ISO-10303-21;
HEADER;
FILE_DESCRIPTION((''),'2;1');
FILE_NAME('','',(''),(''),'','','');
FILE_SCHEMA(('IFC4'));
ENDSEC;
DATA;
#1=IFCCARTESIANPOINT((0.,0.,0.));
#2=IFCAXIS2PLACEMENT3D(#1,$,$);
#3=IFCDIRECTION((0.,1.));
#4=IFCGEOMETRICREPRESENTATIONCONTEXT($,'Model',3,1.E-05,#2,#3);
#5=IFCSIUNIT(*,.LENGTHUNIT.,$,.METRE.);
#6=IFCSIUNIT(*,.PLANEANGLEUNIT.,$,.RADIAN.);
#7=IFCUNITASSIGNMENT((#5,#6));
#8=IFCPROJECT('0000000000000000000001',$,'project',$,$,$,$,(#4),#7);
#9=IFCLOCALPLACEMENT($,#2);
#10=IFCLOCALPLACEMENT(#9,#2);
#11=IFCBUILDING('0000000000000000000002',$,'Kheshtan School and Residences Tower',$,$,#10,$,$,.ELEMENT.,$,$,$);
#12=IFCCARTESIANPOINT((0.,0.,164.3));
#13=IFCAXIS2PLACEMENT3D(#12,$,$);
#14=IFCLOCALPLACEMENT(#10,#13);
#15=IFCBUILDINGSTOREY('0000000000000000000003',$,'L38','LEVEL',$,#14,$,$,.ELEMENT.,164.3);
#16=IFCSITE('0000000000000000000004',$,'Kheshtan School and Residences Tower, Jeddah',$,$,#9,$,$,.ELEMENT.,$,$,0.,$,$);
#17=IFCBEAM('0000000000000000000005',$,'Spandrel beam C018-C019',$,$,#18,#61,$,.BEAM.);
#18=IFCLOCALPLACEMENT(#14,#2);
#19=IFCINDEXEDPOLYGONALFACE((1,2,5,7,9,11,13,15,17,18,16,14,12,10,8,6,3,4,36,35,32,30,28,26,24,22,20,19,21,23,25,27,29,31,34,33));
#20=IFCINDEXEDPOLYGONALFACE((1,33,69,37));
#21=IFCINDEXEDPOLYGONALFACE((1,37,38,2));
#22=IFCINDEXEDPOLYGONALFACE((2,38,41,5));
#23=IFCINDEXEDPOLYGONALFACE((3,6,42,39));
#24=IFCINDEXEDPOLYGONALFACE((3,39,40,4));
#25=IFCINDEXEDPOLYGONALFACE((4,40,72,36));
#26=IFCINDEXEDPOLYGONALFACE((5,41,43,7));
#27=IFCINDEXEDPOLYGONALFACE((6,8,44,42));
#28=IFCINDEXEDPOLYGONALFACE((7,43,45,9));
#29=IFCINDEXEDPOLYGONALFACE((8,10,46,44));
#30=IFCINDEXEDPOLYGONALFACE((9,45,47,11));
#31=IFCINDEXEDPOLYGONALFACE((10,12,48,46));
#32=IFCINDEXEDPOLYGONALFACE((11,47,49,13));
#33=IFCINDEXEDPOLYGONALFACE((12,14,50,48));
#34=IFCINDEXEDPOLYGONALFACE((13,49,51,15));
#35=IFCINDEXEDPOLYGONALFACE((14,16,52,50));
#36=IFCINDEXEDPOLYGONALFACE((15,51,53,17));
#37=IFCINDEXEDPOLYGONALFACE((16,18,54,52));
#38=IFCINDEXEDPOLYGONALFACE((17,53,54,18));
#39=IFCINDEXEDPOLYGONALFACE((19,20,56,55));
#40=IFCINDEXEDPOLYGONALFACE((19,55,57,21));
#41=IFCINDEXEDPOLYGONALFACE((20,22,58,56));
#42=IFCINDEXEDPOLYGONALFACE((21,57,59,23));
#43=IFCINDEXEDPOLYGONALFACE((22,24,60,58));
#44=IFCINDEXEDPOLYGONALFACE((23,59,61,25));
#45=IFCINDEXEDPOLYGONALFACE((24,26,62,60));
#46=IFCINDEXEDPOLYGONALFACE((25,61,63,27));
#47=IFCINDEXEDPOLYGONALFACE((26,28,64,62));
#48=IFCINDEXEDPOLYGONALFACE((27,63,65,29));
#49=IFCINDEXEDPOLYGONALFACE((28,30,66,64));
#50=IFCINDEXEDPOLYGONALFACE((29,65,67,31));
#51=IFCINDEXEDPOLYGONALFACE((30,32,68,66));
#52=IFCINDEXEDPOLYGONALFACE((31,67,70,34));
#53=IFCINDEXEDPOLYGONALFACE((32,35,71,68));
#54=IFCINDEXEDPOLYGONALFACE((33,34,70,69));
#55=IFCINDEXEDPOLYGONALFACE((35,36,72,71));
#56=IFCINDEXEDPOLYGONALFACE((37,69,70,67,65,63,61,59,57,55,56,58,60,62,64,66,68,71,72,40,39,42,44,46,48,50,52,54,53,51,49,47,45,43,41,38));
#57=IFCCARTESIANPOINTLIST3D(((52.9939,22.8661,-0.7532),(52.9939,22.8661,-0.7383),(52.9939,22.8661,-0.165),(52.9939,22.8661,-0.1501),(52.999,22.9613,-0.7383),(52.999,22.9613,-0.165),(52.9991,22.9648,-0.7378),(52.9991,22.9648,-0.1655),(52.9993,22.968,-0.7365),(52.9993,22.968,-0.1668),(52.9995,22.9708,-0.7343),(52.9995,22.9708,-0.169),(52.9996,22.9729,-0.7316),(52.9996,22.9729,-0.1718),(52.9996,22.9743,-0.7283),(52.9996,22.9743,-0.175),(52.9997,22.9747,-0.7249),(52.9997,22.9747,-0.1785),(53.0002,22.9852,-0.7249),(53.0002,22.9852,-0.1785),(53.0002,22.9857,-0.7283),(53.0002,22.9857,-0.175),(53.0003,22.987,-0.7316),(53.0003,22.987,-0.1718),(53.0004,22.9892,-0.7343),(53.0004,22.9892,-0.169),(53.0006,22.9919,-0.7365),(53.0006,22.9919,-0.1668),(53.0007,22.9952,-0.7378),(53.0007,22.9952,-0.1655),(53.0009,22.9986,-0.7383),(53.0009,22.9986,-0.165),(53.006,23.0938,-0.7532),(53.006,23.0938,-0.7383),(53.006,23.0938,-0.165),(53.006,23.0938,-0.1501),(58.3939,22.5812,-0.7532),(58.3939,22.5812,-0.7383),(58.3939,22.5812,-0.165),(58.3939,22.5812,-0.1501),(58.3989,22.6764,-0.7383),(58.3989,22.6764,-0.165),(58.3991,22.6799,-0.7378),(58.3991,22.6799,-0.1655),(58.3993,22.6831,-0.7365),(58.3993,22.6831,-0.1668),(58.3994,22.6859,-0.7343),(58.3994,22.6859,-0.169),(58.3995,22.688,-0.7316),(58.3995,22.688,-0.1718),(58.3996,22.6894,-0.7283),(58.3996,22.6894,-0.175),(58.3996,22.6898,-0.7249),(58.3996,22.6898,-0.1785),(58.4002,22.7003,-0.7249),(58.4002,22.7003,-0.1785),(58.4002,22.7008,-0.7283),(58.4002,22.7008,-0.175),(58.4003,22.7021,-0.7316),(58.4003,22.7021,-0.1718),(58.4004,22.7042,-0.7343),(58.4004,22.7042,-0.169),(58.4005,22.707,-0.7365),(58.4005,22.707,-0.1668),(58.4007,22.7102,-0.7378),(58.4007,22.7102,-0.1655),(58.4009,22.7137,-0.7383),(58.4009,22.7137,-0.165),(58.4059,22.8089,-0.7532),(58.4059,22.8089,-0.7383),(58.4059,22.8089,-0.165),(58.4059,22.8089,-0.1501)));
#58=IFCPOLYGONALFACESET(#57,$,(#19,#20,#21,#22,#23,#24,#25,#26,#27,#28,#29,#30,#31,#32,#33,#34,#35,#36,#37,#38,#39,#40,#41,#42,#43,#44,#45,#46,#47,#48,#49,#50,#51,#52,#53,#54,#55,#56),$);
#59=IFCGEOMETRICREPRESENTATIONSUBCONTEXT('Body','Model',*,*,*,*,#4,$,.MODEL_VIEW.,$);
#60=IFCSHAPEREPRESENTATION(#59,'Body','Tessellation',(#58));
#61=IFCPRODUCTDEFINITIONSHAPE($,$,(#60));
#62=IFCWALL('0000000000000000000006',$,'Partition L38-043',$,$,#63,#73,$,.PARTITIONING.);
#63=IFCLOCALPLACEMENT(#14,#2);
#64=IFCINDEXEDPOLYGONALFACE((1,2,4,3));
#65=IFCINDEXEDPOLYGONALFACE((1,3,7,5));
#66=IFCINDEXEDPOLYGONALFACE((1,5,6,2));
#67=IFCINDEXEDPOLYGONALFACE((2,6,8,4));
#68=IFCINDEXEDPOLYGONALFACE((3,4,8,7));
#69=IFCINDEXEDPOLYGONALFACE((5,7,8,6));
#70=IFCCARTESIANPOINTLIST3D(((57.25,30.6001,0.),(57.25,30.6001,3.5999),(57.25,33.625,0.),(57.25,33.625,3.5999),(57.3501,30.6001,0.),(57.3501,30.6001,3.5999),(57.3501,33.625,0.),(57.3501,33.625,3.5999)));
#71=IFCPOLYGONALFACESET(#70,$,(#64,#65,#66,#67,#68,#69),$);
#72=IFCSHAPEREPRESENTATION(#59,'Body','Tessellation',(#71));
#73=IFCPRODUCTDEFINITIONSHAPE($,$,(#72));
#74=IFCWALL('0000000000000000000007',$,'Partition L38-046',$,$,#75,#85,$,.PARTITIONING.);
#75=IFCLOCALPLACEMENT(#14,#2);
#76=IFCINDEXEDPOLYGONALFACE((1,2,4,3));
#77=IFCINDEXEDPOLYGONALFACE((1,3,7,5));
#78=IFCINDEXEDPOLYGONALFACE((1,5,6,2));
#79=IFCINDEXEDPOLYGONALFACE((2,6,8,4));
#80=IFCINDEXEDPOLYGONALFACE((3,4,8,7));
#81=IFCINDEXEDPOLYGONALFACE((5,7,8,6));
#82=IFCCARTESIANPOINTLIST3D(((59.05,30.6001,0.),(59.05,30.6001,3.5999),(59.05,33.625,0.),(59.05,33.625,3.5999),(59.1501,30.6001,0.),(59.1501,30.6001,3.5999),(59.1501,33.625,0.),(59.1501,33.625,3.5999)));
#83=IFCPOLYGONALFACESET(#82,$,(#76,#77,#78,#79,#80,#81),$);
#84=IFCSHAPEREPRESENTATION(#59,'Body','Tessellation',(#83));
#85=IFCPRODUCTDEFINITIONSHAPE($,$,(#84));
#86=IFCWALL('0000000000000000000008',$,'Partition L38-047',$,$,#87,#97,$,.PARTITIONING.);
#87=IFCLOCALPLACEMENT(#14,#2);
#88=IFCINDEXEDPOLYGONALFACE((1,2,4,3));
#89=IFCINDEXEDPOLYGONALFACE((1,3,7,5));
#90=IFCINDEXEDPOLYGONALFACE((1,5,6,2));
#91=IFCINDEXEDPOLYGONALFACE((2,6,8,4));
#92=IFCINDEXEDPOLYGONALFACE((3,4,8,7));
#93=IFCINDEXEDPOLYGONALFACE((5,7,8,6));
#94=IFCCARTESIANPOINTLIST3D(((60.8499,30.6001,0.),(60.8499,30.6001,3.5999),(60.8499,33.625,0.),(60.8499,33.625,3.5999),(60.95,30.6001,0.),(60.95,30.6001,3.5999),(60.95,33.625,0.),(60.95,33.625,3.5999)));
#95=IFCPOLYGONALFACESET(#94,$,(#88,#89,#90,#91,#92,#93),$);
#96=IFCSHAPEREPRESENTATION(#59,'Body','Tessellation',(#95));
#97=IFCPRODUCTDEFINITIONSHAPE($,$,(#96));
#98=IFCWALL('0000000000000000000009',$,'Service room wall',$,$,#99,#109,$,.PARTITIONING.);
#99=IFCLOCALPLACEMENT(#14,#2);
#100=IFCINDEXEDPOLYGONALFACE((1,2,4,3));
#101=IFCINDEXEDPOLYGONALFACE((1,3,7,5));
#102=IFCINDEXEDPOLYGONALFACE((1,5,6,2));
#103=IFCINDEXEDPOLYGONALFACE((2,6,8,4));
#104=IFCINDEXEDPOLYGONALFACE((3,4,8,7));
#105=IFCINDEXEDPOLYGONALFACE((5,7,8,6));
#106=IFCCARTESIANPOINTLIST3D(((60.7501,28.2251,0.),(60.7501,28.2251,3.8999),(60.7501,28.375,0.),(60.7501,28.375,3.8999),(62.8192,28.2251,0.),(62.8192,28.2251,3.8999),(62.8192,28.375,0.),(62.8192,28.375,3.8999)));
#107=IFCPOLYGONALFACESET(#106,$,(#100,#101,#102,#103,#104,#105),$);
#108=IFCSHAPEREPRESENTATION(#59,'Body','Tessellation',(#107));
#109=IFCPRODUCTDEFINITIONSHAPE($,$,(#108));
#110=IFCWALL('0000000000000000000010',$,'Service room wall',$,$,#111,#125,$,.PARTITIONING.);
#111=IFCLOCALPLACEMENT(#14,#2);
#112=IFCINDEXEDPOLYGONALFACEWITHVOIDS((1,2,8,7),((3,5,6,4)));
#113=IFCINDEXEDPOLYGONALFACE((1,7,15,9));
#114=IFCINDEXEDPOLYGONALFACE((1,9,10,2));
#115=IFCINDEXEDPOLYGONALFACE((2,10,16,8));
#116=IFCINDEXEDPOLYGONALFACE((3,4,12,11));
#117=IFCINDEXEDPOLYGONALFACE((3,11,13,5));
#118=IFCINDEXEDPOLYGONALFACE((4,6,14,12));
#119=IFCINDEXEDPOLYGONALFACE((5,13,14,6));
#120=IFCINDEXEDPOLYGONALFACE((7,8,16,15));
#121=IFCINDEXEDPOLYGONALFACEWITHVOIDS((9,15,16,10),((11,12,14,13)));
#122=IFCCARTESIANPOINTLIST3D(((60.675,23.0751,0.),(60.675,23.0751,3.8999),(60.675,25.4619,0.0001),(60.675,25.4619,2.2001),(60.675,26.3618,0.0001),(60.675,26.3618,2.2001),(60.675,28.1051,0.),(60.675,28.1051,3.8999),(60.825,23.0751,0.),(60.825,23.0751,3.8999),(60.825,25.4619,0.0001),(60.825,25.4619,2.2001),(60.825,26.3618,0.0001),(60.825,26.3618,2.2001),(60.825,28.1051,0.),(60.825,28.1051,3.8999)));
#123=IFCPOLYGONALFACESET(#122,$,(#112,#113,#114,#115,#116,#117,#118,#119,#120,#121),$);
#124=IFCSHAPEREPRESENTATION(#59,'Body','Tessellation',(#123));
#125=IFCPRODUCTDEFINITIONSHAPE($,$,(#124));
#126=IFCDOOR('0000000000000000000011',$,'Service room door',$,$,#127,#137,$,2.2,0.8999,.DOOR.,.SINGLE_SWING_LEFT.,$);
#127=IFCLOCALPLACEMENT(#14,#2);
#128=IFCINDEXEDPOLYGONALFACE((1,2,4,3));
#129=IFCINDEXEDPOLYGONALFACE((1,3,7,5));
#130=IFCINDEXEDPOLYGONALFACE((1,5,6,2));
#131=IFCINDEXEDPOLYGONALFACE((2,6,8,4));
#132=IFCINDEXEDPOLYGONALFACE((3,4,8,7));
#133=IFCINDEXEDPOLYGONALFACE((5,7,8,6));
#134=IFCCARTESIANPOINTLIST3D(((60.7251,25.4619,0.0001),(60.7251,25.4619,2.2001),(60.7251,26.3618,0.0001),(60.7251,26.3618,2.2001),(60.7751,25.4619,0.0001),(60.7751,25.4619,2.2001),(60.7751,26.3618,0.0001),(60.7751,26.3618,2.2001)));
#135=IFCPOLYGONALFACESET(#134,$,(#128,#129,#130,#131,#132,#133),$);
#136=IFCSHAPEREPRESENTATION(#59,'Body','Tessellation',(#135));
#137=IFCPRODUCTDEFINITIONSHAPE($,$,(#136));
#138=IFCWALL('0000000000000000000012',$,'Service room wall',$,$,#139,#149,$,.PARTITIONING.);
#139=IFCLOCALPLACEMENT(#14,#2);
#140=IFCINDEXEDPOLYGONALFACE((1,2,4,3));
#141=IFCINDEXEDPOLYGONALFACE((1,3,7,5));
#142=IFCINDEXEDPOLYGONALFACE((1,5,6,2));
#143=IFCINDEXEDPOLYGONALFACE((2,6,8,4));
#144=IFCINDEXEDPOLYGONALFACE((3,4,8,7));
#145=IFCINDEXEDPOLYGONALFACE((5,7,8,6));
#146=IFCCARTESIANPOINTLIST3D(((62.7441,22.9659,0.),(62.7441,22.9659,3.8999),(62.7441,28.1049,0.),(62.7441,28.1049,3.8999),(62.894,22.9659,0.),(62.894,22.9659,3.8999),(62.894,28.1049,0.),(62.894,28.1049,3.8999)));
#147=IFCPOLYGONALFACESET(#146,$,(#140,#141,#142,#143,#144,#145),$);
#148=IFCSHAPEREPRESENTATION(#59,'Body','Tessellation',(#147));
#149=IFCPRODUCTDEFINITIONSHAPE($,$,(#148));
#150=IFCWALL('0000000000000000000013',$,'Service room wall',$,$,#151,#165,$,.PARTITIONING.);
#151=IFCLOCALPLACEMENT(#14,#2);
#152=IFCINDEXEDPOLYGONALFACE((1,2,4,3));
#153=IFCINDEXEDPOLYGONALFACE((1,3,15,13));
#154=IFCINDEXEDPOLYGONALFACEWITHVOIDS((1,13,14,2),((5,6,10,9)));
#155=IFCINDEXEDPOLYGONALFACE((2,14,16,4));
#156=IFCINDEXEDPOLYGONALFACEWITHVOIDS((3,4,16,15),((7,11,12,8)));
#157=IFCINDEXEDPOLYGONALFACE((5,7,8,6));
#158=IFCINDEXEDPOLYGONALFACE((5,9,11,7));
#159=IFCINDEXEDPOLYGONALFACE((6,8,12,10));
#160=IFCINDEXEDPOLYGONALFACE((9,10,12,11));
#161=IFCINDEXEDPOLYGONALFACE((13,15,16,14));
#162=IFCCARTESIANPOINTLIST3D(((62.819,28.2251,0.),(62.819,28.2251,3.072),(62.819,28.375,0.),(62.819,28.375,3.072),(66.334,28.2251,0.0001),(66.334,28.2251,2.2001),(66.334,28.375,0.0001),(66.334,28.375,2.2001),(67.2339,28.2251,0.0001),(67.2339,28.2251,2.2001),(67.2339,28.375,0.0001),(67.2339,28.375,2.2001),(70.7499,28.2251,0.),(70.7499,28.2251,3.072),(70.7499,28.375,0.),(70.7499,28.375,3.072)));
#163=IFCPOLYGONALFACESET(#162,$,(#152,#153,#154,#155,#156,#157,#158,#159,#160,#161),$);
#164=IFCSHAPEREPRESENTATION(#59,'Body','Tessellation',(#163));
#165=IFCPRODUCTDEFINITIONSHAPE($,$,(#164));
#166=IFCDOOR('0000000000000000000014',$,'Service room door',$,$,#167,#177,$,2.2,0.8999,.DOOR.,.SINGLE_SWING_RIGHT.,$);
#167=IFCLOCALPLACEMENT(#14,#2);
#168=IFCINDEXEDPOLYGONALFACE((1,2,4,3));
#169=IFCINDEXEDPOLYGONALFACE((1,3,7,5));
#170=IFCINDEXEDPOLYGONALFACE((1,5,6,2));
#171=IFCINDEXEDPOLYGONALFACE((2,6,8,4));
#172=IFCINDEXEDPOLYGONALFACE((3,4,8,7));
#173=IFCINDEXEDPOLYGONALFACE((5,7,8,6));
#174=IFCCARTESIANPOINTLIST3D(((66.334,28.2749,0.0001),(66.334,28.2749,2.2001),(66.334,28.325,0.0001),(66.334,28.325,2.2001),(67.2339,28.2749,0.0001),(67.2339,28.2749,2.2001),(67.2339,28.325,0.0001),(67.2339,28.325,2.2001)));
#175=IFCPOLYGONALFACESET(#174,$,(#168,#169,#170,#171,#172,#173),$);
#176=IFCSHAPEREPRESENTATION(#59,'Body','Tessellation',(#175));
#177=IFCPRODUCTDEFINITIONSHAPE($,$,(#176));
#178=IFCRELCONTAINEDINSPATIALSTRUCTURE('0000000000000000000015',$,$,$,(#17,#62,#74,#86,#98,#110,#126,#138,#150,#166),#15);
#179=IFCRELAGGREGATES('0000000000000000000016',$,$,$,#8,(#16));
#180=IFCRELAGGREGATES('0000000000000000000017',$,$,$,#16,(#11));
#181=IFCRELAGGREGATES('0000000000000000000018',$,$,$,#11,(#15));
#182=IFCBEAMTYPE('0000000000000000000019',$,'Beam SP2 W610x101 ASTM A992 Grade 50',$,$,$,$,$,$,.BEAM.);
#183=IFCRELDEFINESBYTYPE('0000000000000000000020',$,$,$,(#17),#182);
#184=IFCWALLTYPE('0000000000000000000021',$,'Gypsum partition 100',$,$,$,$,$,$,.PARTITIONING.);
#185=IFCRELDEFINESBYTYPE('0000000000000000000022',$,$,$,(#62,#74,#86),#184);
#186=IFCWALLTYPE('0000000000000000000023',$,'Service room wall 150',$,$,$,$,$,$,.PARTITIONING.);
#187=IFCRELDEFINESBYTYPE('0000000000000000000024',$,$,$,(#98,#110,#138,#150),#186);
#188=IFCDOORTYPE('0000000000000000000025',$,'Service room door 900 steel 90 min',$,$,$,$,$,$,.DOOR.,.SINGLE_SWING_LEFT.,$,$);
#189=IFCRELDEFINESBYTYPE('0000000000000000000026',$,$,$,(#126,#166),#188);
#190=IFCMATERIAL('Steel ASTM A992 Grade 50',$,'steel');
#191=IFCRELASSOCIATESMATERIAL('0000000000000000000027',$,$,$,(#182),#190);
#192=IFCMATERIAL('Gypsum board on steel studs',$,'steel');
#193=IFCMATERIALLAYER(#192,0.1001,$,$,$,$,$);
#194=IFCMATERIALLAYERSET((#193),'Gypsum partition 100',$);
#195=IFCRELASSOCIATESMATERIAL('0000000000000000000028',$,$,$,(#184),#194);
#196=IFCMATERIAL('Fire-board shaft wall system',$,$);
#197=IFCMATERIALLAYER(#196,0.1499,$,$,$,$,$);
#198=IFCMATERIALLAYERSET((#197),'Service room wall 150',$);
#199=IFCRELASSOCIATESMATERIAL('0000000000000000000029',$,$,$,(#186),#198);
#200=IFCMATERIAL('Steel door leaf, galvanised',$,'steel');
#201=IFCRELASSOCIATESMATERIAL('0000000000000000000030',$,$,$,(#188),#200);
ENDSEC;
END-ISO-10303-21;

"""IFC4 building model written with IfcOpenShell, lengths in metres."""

from ifc_helpers import new_model, si_unit, direction, frame, frame_2d, origin, origin_2d, place, context, subcontext, project, spatial, rectangle, i_section, extrude, source, transform, mapped, material, layer, layer_set, material_profile, profile_set, type_object, element, fill, save


model = new_model("IFC4")

# Units and contexts
model_context = context("Model", 3, precision=1e-05, world=origin(), true_north=direction((0.0, 1.0)))
body_context = subcontext(model_context, "Body", "Model", "MODEL_VIEW")
ifc_project = project(units=[si_unit("LENGTHUNIT", "METRE"), si_unit("PLANEANGLEUNIT", "RADIAN")], contexts=[model_context])

# Site, building, storey
site_placement = place(None, origin())
site = spatial("IfcSite", under=ifc_project, at=site_placement, Name="Kheshtan School and Residences Tower, Jeddah", CompositionType="ELEMENT", RefElevation=0.0)
building_placement = place(site_placement, origin())
building = spatial("IfcBuilding", under=site, at=building_placement, Name="Kheshtan School and Residences Tower", CompositionType="ELEMENT")
storey_placement = place(building_placement, frame((0.0, 0.0, 164.3)))
storey = spatial("IfcBuildingStorey", under=building, at=storey_placement, Name="L38", Description="LEVEL", CompositionType="ELEMENT", Elevation=164.3)

# Shared definitions
ifc_material_1 = material(Name="Steel ASTM A992 Grade 50", Category="steel")

# Beam
ifc_material_profile_1 = material_profile(ifc_material_1, i_section(OverallWidth=0.228, OverallDepth=0.603, WebThickness=0.0105, FlangeThickness=0.0149, FilletRadius=0.0134, at=origin_2d()), Name="W610x101")
ifc_profile_set_1 = profile_set([ifc_material_profile_1], Name="Steel ASTM A992 Grade 50")
beam_type_1 = type_object("IfcBeamType", Name="Beam SP2 W610x101 ASTM A992 Grade 50", PredefinedType="BEAM", material=ifc_profile_set_1)
beam_1_placement = place(storey_placement, frame((58.3999, 22.6951, -0.4517), z_axis=(-0.998611, 0.052689, 0.0), x_axis=(-0.052689, -0.998611, 0.0)))
element("IfcBeam", 1, at=beam_1_placement, inside=storey, type_object=beam_type_1, Name="Spandrel beam C018-C019", PredefinedType="BEAM", context=body_context, shape_type="SweptSolid", body=[
    extrude(i_section(OverallWidth=0.228, OverallDepth=0.603, WebThickness=0.0105, FlangeThickness=0.0149, FilletRadius=0.0134, at=origin_2d()), origin(), (0.0, 0.0, 1.0), 5.4075),
])

# Walls
ifc_material_2 = material(Name="Gypsum board on steel studs", Category="steel")
ifc_layer_1 = layer(ifc_material_2, 0.1001)
ifc_layer_set_1 = layer_set([ifc_layer_1], Name="Gypsum partition 100")
wall_type_1 = type_object("IfcWallType", Name="Gypsum partition 100", PredefinedType="PARTITIONING", material=ifc_layer_set_1)
for number, where, z_axis, x_axis, name in (
    (2, (57.3, 30.6001, 0.0), (0.0, 0.0, 1.0), (0.0, 1.0, 0.0), "Partition L38-043"),
    (3, (59.1001, 30.6001, 0.0), (0.0, 0.0, 1.0), (0.0, 1.0, 0.0), "Partition L38-046"),
    (4, (60.8999, 30.6001, 0.0), (0.0, 0.0, 1.0), (0.0, 1.0, 0.0), "Partition L38-047"),
):
    element("IfcWall", number, at=place(storey_placement, frame(where, z_axis=z_axis, x_axis=x_axis)), inside=storey, type_object=wall_type_1, Name=name, PredefinedType="PARTITIONING", context=body_context, shape_type="SweptSolid", body=[
        extrude(rectangle(XDim=3.0249, YDim=0.1001, at=frame_2d((1.5125, 0.0))), origin(), (0.0, 0.0, 1.0), 3.5999),
    ])
ifc_material_3 = material(Name="Fire-board shaft wall system")
ifc_layer_2 = layer(ifc_material_3, 0.1499)
ifc_layer_set_2 = layer_set([ifc_layer_2], Name="Service room wall 150")
wall_type_2 = type_object("IfcWallType", Name="Service room wall 150", PredefinedType="PARTITIONING", material=ifc_layer_set_2)
wall_1_placement = place(storey_placement, frame((60.75, 28.3, 0.0), z_axis=(0.0, 0.0, 1.0), x_axis=(1.0, 0.0, 0.0)))
element("IfcWall", 5, at=wall_1_placement, inside=storey, type_object=wall_type_2, Name="Service room wall", PredefinedType="PARTITIONING", context=body_context, shape_type="SweptSolid", body=[
    extrude(rectangle(XDim=2.0691, YDim=0.1499, at=frame_2d((1.0347, 0.0))), origin(), (0.0, 0.0, 1.0), 3.8999),
])

# Wall, opening, door
wall_2_placement = place(storey_placement, frame((60.75, 23.075, 0.0), z_axis=(0.0, 0.0, 1.0), x_axis=(0.0, 1.0, 0.0)))
wall_2 = element("IfcWall", 6, at=wall_2_placement, inside=storey, type_object=wall_type_2, Name="Service room wall", PredefinedType="PARTITIONING", context=body_context, shape_type="SweptSolid", body=[
    extrude(rectangle(XDim=5.03, YDim=0.1499, at=frame_2d((2.5151, 0.0))), origin(), (0.0, 0.0, 1.0), 3.8999),
])
opening_1_placement = place(wall_2_placement, frame((2.387, 0.0, 0.0)))
opening_1 = element("IfcOpeningElement", 7, at=opening_1_placement, cuts=wall_2, PredefinedType="OPENING", context=body_context, shape_type="SweptSolid", body=[
    extrude(rectangle(XDim=0.8999, YDim=2.2, at=frame_2d((0.45, 1.1001))), frame((0.0, 0.085, 0.0), z_axis=(0.0, -1.0, 0.0), x_axis=(1.0, 0.0, 0.0)), (0.0, 0.0, 1.0), 0.1699),
])
ifc_material_4 = material(Name="Steel door leaf, galvanised", Category="steel")
door_type_1 = type_object("IfcDoorType", Name="Service room door 900 steel 90 min", OperationType="SINGLE_SWING_LEFT", PredefinedType="DOOR", material=ifc_material_4)
shared_shape_1 = source(origin(), body_context, "Body", "SweptSolid", [
    extrude(rectangle(XDim=0.8999, YDim=2.2, at=frame_2d((0.45, 1.1001))), frame((0.0, 0.0249, 0.0), z_axis=(0.0, -1.0, 0.0), x_axis=(1.0, 0.0, 0.0)), (0.0, 0.0, 1.0), 0.05),
])
door_1_placement = place(opening_1_placement, origin())
door_1 = element("IfcDoor", 8, at=door_1_placement, inside=storey, type_object=door_type_1, Name="Service room door", OperationType="SINGLE_SWING_LEFT", OverallHeight=2.2, OverallWidth=0.8999, PredefinedType="DOOR", context=body_context, shape_type="MappedRepresentation", body=[
    mapped(shared_shape_1, transform((0.0, 0.0, 0.0), x_axis=(1.0, 0.0, 0.0), y_axis=(0.0, 1.0, 0.0), z_axis=(0.0, 0.0, 1.0), scale=1.0)),
])
fill(opening_1, door_1)

# Wall
wall_3_placement = place(storey_placement, frame((62.8191, 22.9661, 0.0), z_axis=(0.0, 0.0, 1.0), x_axis=(0.0, 1.0, 0.0)))
element("IfcWall", 9, at=wall_3_placement, inside=storey, type_object=wall_type_2, Name="Service room wall", PredefinedType="PARTITIONING", context=body_context, shape_type="SweptSolid", body=[
    extrude(rectangle(XDim=5.1389, YDim=0.1499, at=frame_2d((2.5693, 0.0))), origin(), (0.0, 0.0, 1.0), 3.8999),
])

# Wall, opening, door
wall_4_placement = place(storey_placement, frame((62.8191, 28.3, 0.0), z_axis=(0.0, 0.0, 1.0), x_axis=(1.0, 0.0, 0.0)))
wall_4 = element("IfcWall", 10, at=wall_4_placement, inside=storey, type_object=wall_type_2, Name="Service room wall", PredefinedType="PARTITIONING", context=body_context, shape_type="SweptSolid", body=[
    extrude(rectangle(XDim=7.9309, YDim=0.1499, at=frame_2d((3.9653, 0.0))), origin(), (0.0, 0.0, 1.0), 3.072),
])
opening_2_placement = place(wall_4_placement, frame((3.5149, 0.0, 0.0)))
opening_2 = element("IfcOpeningElement", 11, at=opening_2_placement, cuts=wall_4, PredefinedType="OPENING", context=body_context, shape_type="SweptSolid", body=[
    extrude(rectangle(XDim=0.8999, YDim=2.2, at=frame_2d((0.45, 1.1001))), frame((0.0, 0.085, 0.0), z_axis=(0.0, -1.0, 0.0), x_axis=(1.0, 0.0, 0.0)), (0.0, 0.0, 1.0), 0.1699),
])
door_2_placement = place(opening_2_placement, origin())
door_2 = element("IfcDoor", 12, at=door_2_placement, inside=storey, type_object=door_type_1, Name="Service room door", OperationType="SINGLE_SWING_RIGHT", OverallHeight=2.2, OverallWidth=0.8999, PredefinedType="DOOR", context=body_context, shape_type="MappedRepresentation", body=[
    mapped(shared_shape_1, transform((0.0, 0.0, 0.0), x_axis=(1.0, 0.0, 0.0), y_axis=(0.0, 1.0, 0.0), z_axis=(0.0, 0.0, 1.0), scale=1.0)),
])
fill(opening_2, door_2)

save(model, "model.ifc")
